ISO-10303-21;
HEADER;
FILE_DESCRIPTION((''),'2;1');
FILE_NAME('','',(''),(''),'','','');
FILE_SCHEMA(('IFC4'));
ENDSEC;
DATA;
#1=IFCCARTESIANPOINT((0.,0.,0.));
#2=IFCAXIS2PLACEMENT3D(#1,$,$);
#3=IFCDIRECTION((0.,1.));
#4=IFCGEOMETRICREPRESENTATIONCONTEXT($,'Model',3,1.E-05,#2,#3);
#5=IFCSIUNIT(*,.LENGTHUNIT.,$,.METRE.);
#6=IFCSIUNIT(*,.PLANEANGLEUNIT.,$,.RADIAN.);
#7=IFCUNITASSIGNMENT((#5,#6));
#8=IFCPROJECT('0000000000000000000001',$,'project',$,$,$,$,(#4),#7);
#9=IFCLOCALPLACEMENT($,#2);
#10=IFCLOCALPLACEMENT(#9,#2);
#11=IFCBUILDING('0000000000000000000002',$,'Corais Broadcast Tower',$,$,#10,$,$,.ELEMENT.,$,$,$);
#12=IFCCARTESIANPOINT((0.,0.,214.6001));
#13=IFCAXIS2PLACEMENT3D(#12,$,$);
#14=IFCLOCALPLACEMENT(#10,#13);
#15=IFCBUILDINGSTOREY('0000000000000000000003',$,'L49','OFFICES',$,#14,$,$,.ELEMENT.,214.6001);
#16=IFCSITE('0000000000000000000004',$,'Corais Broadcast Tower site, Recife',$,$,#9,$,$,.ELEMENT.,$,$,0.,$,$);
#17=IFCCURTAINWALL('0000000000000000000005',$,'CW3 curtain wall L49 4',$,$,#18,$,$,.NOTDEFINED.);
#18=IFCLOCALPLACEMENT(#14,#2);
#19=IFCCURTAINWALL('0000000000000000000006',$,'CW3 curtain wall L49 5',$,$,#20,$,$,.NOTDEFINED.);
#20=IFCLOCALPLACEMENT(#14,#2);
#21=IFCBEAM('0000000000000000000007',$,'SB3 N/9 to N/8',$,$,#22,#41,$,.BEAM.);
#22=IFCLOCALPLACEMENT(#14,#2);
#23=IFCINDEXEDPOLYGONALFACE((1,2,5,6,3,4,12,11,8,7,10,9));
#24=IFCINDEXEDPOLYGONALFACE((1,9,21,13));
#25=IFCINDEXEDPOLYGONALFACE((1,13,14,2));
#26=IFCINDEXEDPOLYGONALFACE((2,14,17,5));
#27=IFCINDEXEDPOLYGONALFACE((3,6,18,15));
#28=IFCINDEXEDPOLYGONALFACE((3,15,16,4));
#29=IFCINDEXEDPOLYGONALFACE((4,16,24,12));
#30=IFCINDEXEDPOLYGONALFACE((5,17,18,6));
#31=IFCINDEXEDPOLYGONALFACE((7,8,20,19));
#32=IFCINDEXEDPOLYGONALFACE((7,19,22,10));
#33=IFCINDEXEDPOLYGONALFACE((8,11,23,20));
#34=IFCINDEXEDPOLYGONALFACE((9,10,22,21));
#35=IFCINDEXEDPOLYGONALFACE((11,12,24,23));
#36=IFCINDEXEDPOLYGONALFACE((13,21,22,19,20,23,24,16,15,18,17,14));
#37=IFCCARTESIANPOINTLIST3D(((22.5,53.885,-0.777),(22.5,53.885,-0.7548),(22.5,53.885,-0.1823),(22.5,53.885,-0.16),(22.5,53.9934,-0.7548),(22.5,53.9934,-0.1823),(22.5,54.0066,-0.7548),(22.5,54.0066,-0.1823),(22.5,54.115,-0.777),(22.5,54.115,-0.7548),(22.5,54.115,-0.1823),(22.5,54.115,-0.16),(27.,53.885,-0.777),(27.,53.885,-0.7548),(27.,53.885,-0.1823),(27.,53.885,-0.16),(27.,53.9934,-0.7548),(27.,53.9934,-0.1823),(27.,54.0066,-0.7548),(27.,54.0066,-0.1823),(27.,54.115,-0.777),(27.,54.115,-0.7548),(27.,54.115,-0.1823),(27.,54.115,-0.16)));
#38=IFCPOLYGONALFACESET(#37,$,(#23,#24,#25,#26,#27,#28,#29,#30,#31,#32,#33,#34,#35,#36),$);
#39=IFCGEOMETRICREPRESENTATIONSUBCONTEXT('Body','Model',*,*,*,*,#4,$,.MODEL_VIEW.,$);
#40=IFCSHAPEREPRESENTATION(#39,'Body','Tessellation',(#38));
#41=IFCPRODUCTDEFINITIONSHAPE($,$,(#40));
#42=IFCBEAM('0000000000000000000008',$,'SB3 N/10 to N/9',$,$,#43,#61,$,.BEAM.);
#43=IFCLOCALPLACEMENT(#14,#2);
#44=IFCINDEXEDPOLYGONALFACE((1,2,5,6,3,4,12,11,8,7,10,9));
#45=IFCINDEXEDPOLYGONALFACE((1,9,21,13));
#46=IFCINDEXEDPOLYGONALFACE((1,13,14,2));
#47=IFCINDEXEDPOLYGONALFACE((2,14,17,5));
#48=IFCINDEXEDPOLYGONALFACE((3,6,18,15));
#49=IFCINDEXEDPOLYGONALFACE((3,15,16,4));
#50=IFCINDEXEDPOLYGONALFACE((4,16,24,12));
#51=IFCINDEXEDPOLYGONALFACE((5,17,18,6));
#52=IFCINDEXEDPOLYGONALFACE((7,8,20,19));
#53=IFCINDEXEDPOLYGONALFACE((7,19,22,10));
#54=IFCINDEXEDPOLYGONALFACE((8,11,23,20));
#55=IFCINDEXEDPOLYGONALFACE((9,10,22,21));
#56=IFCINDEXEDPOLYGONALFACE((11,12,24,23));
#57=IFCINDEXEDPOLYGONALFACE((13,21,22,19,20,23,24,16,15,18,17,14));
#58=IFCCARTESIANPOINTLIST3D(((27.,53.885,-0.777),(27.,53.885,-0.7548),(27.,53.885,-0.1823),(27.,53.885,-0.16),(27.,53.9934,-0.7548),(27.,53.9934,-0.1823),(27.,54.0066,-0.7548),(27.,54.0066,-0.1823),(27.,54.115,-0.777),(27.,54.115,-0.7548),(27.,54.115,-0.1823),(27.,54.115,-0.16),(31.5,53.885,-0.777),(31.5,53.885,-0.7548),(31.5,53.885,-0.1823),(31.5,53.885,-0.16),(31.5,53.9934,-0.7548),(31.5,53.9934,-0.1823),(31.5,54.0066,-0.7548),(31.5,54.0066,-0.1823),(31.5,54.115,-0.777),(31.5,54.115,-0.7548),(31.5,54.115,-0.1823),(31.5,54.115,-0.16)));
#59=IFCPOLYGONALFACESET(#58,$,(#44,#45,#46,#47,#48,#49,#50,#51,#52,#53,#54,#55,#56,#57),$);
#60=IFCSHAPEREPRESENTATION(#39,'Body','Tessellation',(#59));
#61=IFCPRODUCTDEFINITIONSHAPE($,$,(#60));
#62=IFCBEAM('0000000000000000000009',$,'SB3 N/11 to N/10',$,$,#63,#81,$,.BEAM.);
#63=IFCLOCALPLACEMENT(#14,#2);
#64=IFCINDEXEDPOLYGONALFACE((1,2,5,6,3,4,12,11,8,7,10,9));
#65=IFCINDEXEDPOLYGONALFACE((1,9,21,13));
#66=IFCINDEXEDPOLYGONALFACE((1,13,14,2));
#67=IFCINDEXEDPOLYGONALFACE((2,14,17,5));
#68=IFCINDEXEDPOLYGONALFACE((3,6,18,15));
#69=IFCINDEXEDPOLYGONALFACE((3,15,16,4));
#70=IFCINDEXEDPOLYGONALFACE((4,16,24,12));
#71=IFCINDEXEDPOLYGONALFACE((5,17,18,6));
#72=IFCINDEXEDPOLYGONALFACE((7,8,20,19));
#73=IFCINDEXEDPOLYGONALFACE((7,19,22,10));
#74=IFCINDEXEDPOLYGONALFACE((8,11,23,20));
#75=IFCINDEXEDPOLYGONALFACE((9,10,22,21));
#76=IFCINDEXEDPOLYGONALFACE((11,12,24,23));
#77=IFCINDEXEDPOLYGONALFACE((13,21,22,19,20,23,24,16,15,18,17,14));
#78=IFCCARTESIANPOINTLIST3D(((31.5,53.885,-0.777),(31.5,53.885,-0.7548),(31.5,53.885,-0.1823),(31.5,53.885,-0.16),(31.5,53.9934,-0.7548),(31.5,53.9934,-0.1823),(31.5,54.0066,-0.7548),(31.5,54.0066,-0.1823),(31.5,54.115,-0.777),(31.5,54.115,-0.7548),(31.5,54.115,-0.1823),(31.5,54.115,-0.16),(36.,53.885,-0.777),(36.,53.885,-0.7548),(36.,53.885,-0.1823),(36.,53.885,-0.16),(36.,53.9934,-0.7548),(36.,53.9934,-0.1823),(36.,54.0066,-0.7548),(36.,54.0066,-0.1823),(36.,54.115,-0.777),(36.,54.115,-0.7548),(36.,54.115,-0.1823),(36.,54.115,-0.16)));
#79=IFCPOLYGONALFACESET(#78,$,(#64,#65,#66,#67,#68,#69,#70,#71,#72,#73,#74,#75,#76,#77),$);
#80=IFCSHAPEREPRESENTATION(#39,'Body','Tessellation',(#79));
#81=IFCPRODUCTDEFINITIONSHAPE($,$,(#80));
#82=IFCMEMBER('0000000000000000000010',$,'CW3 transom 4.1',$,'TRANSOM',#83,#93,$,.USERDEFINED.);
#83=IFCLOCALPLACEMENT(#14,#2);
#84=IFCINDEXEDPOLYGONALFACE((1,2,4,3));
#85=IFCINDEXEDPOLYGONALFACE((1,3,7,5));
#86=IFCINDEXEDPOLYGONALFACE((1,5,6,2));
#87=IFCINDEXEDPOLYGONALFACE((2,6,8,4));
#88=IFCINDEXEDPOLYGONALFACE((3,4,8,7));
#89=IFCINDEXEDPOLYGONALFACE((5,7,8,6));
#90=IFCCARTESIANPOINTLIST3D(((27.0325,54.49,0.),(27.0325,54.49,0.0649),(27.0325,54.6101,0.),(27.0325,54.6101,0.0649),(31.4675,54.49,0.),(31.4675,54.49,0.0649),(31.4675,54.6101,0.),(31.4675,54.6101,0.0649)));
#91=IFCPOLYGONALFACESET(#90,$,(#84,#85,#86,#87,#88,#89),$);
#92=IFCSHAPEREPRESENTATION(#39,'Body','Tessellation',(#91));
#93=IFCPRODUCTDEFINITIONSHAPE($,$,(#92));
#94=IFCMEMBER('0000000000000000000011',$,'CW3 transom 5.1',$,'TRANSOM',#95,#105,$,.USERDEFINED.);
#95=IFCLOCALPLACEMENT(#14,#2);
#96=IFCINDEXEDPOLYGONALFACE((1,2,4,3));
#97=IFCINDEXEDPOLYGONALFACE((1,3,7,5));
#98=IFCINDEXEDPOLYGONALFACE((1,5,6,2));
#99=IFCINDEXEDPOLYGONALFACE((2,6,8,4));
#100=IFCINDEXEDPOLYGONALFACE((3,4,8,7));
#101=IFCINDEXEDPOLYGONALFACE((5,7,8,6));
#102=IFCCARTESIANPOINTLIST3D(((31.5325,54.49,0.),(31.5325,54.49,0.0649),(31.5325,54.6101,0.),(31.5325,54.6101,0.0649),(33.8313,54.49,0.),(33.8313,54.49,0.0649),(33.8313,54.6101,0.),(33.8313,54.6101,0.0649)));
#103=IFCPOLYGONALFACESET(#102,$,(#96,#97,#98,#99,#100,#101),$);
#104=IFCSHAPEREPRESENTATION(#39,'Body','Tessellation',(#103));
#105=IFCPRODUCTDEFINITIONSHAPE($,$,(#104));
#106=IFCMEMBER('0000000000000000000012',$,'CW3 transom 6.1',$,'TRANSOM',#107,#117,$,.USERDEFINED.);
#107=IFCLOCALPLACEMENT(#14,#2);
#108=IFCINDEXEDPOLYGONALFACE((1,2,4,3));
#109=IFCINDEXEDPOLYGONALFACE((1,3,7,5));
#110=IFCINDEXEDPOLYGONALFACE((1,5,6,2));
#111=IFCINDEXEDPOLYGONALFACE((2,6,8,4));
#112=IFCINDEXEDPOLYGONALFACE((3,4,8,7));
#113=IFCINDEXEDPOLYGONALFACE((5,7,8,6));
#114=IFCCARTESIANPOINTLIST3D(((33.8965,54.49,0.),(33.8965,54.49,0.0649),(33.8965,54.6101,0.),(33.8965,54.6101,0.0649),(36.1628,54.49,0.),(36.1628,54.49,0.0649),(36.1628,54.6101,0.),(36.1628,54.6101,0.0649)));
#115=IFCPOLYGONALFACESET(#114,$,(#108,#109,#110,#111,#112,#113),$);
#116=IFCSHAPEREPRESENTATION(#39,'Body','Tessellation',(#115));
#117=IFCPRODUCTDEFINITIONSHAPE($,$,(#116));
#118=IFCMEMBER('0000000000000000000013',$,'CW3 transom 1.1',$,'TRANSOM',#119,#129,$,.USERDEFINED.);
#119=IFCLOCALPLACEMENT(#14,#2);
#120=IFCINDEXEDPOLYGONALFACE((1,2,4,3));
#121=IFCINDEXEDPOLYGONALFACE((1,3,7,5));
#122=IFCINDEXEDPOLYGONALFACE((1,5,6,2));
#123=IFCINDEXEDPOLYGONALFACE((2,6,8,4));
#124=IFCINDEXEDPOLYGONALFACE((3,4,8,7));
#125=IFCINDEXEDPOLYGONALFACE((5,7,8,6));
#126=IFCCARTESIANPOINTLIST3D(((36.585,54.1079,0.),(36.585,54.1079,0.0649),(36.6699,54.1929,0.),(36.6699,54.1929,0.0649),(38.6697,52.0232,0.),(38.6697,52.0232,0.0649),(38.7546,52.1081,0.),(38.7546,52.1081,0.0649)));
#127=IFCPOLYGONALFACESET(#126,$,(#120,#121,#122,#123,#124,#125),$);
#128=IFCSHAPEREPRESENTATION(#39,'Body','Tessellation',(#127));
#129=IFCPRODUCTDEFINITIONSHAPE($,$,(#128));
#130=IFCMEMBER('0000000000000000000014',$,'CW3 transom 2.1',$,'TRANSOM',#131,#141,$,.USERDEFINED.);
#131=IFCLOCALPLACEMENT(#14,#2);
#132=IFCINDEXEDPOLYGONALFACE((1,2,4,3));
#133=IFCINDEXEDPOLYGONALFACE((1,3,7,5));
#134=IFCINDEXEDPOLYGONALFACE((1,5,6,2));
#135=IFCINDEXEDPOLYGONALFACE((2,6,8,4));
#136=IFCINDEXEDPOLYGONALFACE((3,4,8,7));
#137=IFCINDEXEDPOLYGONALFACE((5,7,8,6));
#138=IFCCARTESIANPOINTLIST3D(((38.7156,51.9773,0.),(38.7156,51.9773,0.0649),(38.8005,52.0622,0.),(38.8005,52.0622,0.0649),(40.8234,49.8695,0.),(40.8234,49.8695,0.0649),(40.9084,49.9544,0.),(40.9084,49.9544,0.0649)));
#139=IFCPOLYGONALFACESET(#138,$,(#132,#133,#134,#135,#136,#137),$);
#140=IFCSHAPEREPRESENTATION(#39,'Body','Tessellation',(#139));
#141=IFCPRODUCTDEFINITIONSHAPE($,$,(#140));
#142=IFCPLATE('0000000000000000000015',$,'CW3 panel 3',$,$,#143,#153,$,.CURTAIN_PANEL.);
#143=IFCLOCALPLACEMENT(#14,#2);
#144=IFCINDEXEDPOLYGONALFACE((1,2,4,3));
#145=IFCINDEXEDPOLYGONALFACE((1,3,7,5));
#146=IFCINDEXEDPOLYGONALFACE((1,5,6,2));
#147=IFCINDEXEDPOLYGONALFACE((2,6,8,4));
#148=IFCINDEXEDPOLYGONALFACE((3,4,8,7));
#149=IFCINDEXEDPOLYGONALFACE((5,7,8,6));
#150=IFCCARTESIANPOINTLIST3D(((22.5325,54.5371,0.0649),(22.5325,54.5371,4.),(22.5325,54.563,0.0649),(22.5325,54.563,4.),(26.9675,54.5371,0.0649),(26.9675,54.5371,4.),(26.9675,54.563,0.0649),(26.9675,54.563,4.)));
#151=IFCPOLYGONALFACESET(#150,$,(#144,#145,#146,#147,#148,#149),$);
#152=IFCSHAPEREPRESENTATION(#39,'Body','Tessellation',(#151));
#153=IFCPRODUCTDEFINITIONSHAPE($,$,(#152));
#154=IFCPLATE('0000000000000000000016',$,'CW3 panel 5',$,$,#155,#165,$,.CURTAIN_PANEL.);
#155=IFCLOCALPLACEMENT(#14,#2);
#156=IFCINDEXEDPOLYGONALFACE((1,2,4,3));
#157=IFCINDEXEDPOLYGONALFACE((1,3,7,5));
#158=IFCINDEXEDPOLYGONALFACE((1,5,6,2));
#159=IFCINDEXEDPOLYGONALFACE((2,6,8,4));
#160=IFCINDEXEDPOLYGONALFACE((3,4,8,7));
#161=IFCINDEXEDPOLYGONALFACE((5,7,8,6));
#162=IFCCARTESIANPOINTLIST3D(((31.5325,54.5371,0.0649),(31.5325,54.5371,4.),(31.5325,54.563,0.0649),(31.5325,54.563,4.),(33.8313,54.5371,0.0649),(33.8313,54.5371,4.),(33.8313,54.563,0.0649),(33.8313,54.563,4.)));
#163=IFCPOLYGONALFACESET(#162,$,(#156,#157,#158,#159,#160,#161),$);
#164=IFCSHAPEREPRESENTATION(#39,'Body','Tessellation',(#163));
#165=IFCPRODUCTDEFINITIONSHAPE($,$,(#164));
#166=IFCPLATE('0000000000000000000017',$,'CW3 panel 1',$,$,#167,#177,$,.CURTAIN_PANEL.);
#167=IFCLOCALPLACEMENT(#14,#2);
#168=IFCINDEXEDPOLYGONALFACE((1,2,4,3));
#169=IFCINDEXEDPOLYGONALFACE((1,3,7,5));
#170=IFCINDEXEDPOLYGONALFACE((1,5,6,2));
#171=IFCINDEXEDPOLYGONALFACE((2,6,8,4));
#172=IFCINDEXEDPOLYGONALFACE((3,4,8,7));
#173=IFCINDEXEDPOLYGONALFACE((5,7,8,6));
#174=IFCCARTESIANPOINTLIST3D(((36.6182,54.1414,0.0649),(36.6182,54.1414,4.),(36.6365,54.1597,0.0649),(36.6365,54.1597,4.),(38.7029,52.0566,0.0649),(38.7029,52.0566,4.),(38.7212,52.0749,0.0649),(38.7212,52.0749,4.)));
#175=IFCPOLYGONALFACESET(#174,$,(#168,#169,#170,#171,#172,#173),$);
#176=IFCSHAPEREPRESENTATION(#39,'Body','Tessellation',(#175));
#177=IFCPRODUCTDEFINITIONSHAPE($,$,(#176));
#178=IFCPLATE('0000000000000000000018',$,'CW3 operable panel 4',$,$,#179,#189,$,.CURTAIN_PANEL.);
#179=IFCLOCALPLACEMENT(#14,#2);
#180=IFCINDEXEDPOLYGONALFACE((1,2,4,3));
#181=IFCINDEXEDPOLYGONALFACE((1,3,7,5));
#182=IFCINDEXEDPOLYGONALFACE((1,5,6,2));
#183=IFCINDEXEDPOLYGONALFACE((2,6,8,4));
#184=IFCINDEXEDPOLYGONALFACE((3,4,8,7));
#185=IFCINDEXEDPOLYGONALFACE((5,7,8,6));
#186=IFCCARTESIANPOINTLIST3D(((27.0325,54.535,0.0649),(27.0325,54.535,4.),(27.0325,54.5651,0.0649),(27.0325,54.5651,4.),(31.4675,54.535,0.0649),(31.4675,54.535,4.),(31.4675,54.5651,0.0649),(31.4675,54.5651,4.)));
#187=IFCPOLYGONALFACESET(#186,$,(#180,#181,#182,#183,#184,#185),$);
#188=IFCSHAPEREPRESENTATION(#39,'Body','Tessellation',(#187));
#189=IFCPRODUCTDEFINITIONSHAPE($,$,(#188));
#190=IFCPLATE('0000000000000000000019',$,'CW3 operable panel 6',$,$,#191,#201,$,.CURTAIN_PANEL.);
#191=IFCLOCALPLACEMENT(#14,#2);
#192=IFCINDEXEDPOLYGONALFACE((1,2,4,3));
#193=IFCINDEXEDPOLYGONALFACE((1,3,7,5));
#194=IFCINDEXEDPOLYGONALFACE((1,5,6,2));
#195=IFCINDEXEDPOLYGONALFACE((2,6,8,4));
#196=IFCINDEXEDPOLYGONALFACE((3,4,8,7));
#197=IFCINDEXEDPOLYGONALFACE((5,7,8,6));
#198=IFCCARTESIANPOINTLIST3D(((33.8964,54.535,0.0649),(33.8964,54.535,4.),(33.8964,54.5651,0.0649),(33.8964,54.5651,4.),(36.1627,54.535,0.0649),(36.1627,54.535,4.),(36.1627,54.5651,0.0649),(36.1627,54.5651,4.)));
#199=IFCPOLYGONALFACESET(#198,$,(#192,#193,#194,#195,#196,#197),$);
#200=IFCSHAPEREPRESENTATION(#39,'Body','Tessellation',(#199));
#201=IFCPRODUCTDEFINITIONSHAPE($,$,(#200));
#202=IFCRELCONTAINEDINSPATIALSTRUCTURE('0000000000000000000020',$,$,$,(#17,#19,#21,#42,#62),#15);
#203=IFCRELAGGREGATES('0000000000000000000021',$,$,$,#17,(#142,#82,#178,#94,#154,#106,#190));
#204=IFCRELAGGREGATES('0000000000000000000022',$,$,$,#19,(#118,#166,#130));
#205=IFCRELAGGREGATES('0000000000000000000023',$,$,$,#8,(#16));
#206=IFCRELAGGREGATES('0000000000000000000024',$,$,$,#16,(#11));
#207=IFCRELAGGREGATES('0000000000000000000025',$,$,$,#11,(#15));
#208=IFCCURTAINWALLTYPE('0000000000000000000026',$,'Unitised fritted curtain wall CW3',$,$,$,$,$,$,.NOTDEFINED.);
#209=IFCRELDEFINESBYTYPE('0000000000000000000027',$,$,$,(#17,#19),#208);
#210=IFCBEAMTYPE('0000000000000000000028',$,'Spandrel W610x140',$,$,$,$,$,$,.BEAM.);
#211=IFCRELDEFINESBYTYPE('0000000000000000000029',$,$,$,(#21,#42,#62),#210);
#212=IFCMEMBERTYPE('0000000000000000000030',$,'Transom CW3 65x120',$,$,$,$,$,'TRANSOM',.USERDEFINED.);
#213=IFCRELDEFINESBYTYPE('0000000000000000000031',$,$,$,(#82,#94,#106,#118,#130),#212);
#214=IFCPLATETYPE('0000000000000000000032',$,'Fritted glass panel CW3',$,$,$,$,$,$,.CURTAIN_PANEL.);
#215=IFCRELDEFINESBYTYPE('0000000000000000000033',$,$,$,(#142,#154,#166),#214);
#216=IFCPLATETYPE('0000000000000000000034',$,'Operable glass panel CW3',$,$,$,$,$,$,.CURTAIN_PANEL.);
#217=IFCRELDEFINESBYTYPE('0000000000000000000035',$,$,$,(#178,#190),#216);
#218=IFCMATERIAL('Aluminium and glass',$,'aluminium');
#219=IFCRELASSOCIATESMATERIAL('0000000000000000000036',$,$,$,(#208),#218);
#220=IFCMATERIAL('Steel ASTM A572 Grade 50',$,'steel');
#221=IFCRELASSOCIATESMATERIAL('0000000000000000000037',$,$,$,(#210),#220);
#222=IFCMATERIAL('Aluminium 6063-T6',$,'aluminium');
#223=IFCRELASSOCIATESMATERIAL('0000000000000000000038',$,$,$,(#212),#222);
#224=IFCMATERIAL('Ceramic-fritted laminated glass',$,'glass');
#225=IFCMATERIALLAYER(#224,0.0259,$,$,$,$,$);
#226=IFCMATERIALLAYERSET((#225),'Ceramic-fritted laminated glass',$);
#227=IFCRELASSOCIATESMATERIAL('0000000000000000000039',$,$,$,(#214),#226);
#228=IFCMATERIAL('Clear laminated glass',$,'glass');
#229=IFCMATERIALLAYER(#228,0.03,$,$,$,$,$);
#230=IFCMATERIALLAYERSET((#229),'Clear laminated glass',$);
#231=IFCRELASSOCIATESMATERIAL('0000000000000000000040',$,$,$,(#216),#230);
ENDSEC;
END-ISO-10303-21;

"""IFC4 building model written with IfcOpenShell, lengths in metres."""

from ifc_helpers import new_model, si_unit, direction, frame, origin, origin_2d, place, context, subcontext, project, spatial, rectangle, i_section, extrude, material, layer, layer_set, material_profile, profile_set, type_object, element, aggregate, save


model = new_model("IFC4")

# Units and contexts
model_context = context("Model", 3, precision=1e-05, world=origin(), true_north=direction((0.0, 1.0)))
body_context = subcontext(model_context, "Body", "Model", "MODEL_VIEW")
ifc_project = project(units=[si_unit("LENGTHUNIT", "METRE"), si_unit("PLANEANGLEUNIT", "RADIAN")], contexts=[model_context])

# Site, building, storey
site_placement = place(None, origin())
site = spatial("IfcSite", under=ifc_project, at=site_placement, Name="Corais Broadcast Tower site, Recife", CompositionType="ELEMENT", RefElevation=0.0)
building_placement = place(site_placement, origin())
building = spatial("IfcBuilding", under=site, at=building_placement, Name="Corais Broadcast Tower", CompositionType="ELEMENT")
storey_placement = place(building_placement, frame((0.0, 0.0, 214.6001)))
storey = spatial("IfcBuildingStorey", under=building, at=storey_placement, Name="L49", Description="OFFICES", CompositionType="ELEMENT", Elevation=214.6001)

# Curtain walls
ifc_material_1 = material(Name="Aluminium and glass", Category="aluminium")
curtain_wall_type = type_object("IfcCurtainWallType", Name="Unitised fritted curtain wall CW3", PredefinedType="NOTDEFINED", material=ifc_material_1)
curtain_wall_1_placement = place(storey_placement, origin())
curtain_wall_1 = element("IfcCurtainWall", 1, at=curtain_wall_1_placement, inside=storey, type_object=curtain_wall_type, Name="CW3 curtain wall L49 4", PredefinedType="NOTDEFINED")
curtain_wall_2_placement = place(storey_placement, origin())
curtain_wall_2 = element("IfcCurtainWall", 2, at=curtain_wall_2_placement, inside=storey, type_object=curtain_wall_type, Name="CW3 curtain wall L49 5", PredefinedType="NOTDEFINED")

# Beams
ifc_material_2 = material(Name="Steel ASTM A572 Grade 50", Category="steel")
ifc_material_profile_1 = material_profile(ifc_material_2, i_section(OverallWidth=0.23, OverallDepth=0.6169, WebThickness=0.0132, FlangeThickness=0.0222, at=origin_2d()), Name="W610x140")
ifc_profile_set_1 = profile_set([ifc_material_profile_1], Name="Steel ASTM A572 Grade 50")
beam_type_1 = type_object("IfcBeamType", Name="Spandrel W610x140", PredefinedType="BEAM", material=ifc_profile_set_1)
for number, where, z_axis, x_axis, name in (
    (3, (27.0, 54.0, -0.4685), (-1.0, 0.0, 0.0), (0.0, -1.0, 0.0), "SB3 N/9 to N/8"),
    (4, (31.5, 54.0, -0.4685), (-1.0, 0.0, 0.0), (0.0, -1.0, 0.0), "SB3 N/10 to N/9"),
    (5, (36.0, 54.0, -0.4685), (-1.0, 0.0, 0.0), (0.0, -1.0, 0.0), "SB3 N/11 to N/10"),
):
    element("IfcBeam", number, at=place(storey_placement, frame(where, z_axis=z_axis, x_axis=x_axis)), inside=storey, type_object=beam_type_1, Name=name, PredefinedType="BEAM", context=body_context, shape_type="SweptSolid", body=[
        extrude(i_section(OverallWidth=0.23, OverallDepth=0.6169, WebThickness=0.0132, FlangeThickness=0.0222, at=origin_2d()), origin(), (0.0, 0.0, 1.0), 4.5),
    ])

# Members
ifc_material_3 = material(Name="Aluminium 6063-T6", Category="aluminium")
ifc_material_profile_2 = material_profile(ifc_material_3, rectangle(XDim=0.1201, YDim=0.0649, at=origin_2d()), Name="Transom CW3 65x120")
ifc_profile_set_2 = profile_set([ifc_material_profile_2], Name="Aluminium 6063-T6")
member_type_1 = type_object("IfcMemberType", Name="Transom CW3 65x120", ElementType="TRANSOM", PredefinedType="USERDEFINED", material=ifc_profile_set_2)
member_1_placement = place(storey_placement, frame((27.0325, 54.55, 0.0325), z_axis=(1.0, 0.0, 0.0), x_axis=(0.0, 1.0, 0.0)))
member_1 = element("IfcMember", 6, at=member_1_placement, type_object=member_type_1, Name="CW3 transom 4.1", ObjectType="TRANSOM", PredefinedType="USERDEFINED", context=body_context, shape_type="SweptSolid", body=[
    extrude(rectangle(XDim=0.1201, YDim=0.0649, at=origin_2d()), origin(), (0.0, 0.0, 1.0), 4.4351),
])
member_2_placement = place(storey_placement, frame((31.5325, 54.55, 0.0325), z_axis=(1.0, 0.0, 0.0), x_axis=(0.0, 1.0, 0.0)))
member_2 = element("IfcMember", 7, at=member_2_placement, type_object=member_type_1, Name="CW3 transom 5.1", ObjectType="TRANSOM", PredefinedType="USERDEFINED", context=body_context, shape_type="SweptSolid", body=[
    extrude(rectangle(XDim=0.1201, YDim=0.0649, at=origin_2d()), origin(), (0.0, 0.0, 1.0), 2.2988),
])
member_3_placement = place(storey_placement, frame((33.8965, 54.55, 0.0325), z_axis=(1.0, 0.0, 0.0), x_axis=(0.0, 1.0, 0.0)))
member_3 = element("IfcMember", 8, at=member_3_placement, type_object=member_type_1, Name="CW3 transom 6.1", ObjectType="TRANSOM", PredefinedType="USERDEFINED", context=body_context, shape_type="SweptSolid", body=[
    extrude(rectangle(XDim=0.1201, YDim=0.0649, at=origin_2d()), origin(), (0.0, 0.0, 1.0), 2.2664),
])
member_4_placement = place(storey_placement, frame((36.6274, 54.1504, 0.0325), z_axis=(0.707107, -0.707107, 0.0), x_axis=(0.707107, 0.707107, 0.0)))
member_4 = element("IfcMember", 9, at=member_4_placement, type_object=member_type_1, Name="CW3 transom 1.1", ObjectType="TRANSOM", PredefinedType="USERDEFINED", context=body_context, shape_type="SweptSolid", body=[
    extrude(rectangle(XDim=0.1201, YDim=0.0649, at=origin_2d()), origin(), (0.0, 0.0, 1.0), 2.9482),
])
member_5_placement = place(storey_placement, frame((38.7581, 52.0198, 0.0325), z_axis=(0.707107, -0.707107, 0.0), x_axis=(0.707107, 0.707107, 0.0)))
member_5 = element("IfcMember", 10, at=member_5_placement, type_object=member_type_1, Name="CW3 transom 2.1", ObjectType="TRANSOM", PredefinedType="USERDEFINED", context=body_context, shape_type="SweptSolid", body=[
    extrude(rectangle(XDim=0.1201, YDim=0.0649, at=origin_2d()), origin(), (0.0, 0.0, 1.0), 2.981),
])

# Plates
ifc_material_4 = material(Name="Ceramic-fritted laminated glass", Category="glass")
ifc_layer_1 = layer(ifc_material_4, 0.0259)
ifc_layer_set_1 = layer_set([ifc_layer_1], Name="Ceramic-fritted laminated glass")
plate_type_1 = type_object("IfcPlateType", Name="Fritted glass panel CW3", PredefinedType="CURTAIN_PANEL", material=ifc_layer_set_1)
plate_1_placement = place(storey_placement, frame((24.75, 54.55, 0.0649), z_axis=(0.0, 0.0, 1.0), x_axis=(1.0, 0.0, 0.0)))
plate_1 = element("IfcPlate", 11, at=plate_1_placement, type_object=plate_type_1, Name="CW3 panel 3", PredefinedType="CURTAIN_PANEL", context=body_context, shape_type="SweptSolid", body=[
    extrude(rectangle(XDim=4.4351, YDim=0.0259, at=origin_2d()), origin(), (0.0, 0.0, 1.0), 3.9351),
])
plate_2_placement = place(storey_placement, frame((32.6819, 54.55, 0.0649), z_axis=(0.0, 0.0, 1.0), x_axis=(1.0, 0.0, 0.0)))
plate_2 = element("IfcPlate", 12, at=plate_2_placement, type_object=plate_type_1, Name="CW3 panel 5", PredefinedType="CURTAIN_PANEL", context=body_context, shape_type="SweptSolid", body=[
    extrude(rectangle(XDim=2.2988, YDim=0.0259, at=origin_2d()), origin(), (0.0, 0.0, 1.0), 3.9351),
])
plate_3_placement = place(storey_placement, frame((37.6697, 53.1082, 0.0649), z_axis=(0.0, 0.0, 1.0), x_axis=(0.707107, -0.707107, 0.0)))
plate_3 = element("IfcPlate", 13, at=plate_3_placement, type_object=plate_type_1, Name="CW3 panel 1", PredefinedType="CURTAIN_PANEL", context=body_context, shape_type="SweptSolid", body=[
    extrude(rectangle(XDim=2.9482, YDim=0.0259, at=origin_2d()), origin(), (0.0, 0.0, 1.0), 3.9351),
])
ifc_material_5 = material(Name="Clear laminated glass", Category="glass")
ifc_layer_2 = layer(ifc_material_5, 0.03)
ifc_layer_set_2 = layer_set([ifc_layer_2], Name="Clear laminated glass")
plate_type_2 = type_object("IfcPlateType", Name="Operable glass panel CW3", PredefinedType="CURTAIN_PANEL", material=ifc_layer_set_2)
plate_4_placement = place(storey_placement, frame((29.25, 54.55, 0.0649), z_axis=(0.0, 0.0, 1.0), x_axis=(1.0, 0.0, 0.0)))
plate_4 = element("IfcPlate", 14, at=plate_4_placement, type_object=plate_type_2, Name="CW3 operable panel 4", PredefinedType="CURTAIN_PANEL", context=body_context, shape_type="SweptSolid", body=[
    extrude(rectangle(XDim=4.4351, YDim=0.03, at=origin_2d()), origin(), (0.0, 0.0, 1.0), 3.9351),
])
plate_5_placement = place(storey_placement, frame((35.0295, 54.55, 0.0649), z_axis=(0.0, 0.0, 1.0), x_axis=(1.0, 0.0, 0.0)))
plate_5 = element("IfcPlate", 15, at=plate_5_placement, type_object=plate_type_2, Name="CW3 operable panel 6", PredefinedType="CURTAIN_PANEL", context=body_context, shape_type="SweptSolid", body=[
    extrude(rectangle(XDim=2.2664, YDim=0.03, at=origin_2d()), origin(), (0.0, 0.0, 1.0), 3.9351),
])
aggregate(curtain_wall_1, [plate_1, member_1, plate_4, member_2, plate_2, member_3, plate_5])
aggregate(curtain_wall_2, [member_4, plate_3, member_5])

save(model, "model.ifc")
